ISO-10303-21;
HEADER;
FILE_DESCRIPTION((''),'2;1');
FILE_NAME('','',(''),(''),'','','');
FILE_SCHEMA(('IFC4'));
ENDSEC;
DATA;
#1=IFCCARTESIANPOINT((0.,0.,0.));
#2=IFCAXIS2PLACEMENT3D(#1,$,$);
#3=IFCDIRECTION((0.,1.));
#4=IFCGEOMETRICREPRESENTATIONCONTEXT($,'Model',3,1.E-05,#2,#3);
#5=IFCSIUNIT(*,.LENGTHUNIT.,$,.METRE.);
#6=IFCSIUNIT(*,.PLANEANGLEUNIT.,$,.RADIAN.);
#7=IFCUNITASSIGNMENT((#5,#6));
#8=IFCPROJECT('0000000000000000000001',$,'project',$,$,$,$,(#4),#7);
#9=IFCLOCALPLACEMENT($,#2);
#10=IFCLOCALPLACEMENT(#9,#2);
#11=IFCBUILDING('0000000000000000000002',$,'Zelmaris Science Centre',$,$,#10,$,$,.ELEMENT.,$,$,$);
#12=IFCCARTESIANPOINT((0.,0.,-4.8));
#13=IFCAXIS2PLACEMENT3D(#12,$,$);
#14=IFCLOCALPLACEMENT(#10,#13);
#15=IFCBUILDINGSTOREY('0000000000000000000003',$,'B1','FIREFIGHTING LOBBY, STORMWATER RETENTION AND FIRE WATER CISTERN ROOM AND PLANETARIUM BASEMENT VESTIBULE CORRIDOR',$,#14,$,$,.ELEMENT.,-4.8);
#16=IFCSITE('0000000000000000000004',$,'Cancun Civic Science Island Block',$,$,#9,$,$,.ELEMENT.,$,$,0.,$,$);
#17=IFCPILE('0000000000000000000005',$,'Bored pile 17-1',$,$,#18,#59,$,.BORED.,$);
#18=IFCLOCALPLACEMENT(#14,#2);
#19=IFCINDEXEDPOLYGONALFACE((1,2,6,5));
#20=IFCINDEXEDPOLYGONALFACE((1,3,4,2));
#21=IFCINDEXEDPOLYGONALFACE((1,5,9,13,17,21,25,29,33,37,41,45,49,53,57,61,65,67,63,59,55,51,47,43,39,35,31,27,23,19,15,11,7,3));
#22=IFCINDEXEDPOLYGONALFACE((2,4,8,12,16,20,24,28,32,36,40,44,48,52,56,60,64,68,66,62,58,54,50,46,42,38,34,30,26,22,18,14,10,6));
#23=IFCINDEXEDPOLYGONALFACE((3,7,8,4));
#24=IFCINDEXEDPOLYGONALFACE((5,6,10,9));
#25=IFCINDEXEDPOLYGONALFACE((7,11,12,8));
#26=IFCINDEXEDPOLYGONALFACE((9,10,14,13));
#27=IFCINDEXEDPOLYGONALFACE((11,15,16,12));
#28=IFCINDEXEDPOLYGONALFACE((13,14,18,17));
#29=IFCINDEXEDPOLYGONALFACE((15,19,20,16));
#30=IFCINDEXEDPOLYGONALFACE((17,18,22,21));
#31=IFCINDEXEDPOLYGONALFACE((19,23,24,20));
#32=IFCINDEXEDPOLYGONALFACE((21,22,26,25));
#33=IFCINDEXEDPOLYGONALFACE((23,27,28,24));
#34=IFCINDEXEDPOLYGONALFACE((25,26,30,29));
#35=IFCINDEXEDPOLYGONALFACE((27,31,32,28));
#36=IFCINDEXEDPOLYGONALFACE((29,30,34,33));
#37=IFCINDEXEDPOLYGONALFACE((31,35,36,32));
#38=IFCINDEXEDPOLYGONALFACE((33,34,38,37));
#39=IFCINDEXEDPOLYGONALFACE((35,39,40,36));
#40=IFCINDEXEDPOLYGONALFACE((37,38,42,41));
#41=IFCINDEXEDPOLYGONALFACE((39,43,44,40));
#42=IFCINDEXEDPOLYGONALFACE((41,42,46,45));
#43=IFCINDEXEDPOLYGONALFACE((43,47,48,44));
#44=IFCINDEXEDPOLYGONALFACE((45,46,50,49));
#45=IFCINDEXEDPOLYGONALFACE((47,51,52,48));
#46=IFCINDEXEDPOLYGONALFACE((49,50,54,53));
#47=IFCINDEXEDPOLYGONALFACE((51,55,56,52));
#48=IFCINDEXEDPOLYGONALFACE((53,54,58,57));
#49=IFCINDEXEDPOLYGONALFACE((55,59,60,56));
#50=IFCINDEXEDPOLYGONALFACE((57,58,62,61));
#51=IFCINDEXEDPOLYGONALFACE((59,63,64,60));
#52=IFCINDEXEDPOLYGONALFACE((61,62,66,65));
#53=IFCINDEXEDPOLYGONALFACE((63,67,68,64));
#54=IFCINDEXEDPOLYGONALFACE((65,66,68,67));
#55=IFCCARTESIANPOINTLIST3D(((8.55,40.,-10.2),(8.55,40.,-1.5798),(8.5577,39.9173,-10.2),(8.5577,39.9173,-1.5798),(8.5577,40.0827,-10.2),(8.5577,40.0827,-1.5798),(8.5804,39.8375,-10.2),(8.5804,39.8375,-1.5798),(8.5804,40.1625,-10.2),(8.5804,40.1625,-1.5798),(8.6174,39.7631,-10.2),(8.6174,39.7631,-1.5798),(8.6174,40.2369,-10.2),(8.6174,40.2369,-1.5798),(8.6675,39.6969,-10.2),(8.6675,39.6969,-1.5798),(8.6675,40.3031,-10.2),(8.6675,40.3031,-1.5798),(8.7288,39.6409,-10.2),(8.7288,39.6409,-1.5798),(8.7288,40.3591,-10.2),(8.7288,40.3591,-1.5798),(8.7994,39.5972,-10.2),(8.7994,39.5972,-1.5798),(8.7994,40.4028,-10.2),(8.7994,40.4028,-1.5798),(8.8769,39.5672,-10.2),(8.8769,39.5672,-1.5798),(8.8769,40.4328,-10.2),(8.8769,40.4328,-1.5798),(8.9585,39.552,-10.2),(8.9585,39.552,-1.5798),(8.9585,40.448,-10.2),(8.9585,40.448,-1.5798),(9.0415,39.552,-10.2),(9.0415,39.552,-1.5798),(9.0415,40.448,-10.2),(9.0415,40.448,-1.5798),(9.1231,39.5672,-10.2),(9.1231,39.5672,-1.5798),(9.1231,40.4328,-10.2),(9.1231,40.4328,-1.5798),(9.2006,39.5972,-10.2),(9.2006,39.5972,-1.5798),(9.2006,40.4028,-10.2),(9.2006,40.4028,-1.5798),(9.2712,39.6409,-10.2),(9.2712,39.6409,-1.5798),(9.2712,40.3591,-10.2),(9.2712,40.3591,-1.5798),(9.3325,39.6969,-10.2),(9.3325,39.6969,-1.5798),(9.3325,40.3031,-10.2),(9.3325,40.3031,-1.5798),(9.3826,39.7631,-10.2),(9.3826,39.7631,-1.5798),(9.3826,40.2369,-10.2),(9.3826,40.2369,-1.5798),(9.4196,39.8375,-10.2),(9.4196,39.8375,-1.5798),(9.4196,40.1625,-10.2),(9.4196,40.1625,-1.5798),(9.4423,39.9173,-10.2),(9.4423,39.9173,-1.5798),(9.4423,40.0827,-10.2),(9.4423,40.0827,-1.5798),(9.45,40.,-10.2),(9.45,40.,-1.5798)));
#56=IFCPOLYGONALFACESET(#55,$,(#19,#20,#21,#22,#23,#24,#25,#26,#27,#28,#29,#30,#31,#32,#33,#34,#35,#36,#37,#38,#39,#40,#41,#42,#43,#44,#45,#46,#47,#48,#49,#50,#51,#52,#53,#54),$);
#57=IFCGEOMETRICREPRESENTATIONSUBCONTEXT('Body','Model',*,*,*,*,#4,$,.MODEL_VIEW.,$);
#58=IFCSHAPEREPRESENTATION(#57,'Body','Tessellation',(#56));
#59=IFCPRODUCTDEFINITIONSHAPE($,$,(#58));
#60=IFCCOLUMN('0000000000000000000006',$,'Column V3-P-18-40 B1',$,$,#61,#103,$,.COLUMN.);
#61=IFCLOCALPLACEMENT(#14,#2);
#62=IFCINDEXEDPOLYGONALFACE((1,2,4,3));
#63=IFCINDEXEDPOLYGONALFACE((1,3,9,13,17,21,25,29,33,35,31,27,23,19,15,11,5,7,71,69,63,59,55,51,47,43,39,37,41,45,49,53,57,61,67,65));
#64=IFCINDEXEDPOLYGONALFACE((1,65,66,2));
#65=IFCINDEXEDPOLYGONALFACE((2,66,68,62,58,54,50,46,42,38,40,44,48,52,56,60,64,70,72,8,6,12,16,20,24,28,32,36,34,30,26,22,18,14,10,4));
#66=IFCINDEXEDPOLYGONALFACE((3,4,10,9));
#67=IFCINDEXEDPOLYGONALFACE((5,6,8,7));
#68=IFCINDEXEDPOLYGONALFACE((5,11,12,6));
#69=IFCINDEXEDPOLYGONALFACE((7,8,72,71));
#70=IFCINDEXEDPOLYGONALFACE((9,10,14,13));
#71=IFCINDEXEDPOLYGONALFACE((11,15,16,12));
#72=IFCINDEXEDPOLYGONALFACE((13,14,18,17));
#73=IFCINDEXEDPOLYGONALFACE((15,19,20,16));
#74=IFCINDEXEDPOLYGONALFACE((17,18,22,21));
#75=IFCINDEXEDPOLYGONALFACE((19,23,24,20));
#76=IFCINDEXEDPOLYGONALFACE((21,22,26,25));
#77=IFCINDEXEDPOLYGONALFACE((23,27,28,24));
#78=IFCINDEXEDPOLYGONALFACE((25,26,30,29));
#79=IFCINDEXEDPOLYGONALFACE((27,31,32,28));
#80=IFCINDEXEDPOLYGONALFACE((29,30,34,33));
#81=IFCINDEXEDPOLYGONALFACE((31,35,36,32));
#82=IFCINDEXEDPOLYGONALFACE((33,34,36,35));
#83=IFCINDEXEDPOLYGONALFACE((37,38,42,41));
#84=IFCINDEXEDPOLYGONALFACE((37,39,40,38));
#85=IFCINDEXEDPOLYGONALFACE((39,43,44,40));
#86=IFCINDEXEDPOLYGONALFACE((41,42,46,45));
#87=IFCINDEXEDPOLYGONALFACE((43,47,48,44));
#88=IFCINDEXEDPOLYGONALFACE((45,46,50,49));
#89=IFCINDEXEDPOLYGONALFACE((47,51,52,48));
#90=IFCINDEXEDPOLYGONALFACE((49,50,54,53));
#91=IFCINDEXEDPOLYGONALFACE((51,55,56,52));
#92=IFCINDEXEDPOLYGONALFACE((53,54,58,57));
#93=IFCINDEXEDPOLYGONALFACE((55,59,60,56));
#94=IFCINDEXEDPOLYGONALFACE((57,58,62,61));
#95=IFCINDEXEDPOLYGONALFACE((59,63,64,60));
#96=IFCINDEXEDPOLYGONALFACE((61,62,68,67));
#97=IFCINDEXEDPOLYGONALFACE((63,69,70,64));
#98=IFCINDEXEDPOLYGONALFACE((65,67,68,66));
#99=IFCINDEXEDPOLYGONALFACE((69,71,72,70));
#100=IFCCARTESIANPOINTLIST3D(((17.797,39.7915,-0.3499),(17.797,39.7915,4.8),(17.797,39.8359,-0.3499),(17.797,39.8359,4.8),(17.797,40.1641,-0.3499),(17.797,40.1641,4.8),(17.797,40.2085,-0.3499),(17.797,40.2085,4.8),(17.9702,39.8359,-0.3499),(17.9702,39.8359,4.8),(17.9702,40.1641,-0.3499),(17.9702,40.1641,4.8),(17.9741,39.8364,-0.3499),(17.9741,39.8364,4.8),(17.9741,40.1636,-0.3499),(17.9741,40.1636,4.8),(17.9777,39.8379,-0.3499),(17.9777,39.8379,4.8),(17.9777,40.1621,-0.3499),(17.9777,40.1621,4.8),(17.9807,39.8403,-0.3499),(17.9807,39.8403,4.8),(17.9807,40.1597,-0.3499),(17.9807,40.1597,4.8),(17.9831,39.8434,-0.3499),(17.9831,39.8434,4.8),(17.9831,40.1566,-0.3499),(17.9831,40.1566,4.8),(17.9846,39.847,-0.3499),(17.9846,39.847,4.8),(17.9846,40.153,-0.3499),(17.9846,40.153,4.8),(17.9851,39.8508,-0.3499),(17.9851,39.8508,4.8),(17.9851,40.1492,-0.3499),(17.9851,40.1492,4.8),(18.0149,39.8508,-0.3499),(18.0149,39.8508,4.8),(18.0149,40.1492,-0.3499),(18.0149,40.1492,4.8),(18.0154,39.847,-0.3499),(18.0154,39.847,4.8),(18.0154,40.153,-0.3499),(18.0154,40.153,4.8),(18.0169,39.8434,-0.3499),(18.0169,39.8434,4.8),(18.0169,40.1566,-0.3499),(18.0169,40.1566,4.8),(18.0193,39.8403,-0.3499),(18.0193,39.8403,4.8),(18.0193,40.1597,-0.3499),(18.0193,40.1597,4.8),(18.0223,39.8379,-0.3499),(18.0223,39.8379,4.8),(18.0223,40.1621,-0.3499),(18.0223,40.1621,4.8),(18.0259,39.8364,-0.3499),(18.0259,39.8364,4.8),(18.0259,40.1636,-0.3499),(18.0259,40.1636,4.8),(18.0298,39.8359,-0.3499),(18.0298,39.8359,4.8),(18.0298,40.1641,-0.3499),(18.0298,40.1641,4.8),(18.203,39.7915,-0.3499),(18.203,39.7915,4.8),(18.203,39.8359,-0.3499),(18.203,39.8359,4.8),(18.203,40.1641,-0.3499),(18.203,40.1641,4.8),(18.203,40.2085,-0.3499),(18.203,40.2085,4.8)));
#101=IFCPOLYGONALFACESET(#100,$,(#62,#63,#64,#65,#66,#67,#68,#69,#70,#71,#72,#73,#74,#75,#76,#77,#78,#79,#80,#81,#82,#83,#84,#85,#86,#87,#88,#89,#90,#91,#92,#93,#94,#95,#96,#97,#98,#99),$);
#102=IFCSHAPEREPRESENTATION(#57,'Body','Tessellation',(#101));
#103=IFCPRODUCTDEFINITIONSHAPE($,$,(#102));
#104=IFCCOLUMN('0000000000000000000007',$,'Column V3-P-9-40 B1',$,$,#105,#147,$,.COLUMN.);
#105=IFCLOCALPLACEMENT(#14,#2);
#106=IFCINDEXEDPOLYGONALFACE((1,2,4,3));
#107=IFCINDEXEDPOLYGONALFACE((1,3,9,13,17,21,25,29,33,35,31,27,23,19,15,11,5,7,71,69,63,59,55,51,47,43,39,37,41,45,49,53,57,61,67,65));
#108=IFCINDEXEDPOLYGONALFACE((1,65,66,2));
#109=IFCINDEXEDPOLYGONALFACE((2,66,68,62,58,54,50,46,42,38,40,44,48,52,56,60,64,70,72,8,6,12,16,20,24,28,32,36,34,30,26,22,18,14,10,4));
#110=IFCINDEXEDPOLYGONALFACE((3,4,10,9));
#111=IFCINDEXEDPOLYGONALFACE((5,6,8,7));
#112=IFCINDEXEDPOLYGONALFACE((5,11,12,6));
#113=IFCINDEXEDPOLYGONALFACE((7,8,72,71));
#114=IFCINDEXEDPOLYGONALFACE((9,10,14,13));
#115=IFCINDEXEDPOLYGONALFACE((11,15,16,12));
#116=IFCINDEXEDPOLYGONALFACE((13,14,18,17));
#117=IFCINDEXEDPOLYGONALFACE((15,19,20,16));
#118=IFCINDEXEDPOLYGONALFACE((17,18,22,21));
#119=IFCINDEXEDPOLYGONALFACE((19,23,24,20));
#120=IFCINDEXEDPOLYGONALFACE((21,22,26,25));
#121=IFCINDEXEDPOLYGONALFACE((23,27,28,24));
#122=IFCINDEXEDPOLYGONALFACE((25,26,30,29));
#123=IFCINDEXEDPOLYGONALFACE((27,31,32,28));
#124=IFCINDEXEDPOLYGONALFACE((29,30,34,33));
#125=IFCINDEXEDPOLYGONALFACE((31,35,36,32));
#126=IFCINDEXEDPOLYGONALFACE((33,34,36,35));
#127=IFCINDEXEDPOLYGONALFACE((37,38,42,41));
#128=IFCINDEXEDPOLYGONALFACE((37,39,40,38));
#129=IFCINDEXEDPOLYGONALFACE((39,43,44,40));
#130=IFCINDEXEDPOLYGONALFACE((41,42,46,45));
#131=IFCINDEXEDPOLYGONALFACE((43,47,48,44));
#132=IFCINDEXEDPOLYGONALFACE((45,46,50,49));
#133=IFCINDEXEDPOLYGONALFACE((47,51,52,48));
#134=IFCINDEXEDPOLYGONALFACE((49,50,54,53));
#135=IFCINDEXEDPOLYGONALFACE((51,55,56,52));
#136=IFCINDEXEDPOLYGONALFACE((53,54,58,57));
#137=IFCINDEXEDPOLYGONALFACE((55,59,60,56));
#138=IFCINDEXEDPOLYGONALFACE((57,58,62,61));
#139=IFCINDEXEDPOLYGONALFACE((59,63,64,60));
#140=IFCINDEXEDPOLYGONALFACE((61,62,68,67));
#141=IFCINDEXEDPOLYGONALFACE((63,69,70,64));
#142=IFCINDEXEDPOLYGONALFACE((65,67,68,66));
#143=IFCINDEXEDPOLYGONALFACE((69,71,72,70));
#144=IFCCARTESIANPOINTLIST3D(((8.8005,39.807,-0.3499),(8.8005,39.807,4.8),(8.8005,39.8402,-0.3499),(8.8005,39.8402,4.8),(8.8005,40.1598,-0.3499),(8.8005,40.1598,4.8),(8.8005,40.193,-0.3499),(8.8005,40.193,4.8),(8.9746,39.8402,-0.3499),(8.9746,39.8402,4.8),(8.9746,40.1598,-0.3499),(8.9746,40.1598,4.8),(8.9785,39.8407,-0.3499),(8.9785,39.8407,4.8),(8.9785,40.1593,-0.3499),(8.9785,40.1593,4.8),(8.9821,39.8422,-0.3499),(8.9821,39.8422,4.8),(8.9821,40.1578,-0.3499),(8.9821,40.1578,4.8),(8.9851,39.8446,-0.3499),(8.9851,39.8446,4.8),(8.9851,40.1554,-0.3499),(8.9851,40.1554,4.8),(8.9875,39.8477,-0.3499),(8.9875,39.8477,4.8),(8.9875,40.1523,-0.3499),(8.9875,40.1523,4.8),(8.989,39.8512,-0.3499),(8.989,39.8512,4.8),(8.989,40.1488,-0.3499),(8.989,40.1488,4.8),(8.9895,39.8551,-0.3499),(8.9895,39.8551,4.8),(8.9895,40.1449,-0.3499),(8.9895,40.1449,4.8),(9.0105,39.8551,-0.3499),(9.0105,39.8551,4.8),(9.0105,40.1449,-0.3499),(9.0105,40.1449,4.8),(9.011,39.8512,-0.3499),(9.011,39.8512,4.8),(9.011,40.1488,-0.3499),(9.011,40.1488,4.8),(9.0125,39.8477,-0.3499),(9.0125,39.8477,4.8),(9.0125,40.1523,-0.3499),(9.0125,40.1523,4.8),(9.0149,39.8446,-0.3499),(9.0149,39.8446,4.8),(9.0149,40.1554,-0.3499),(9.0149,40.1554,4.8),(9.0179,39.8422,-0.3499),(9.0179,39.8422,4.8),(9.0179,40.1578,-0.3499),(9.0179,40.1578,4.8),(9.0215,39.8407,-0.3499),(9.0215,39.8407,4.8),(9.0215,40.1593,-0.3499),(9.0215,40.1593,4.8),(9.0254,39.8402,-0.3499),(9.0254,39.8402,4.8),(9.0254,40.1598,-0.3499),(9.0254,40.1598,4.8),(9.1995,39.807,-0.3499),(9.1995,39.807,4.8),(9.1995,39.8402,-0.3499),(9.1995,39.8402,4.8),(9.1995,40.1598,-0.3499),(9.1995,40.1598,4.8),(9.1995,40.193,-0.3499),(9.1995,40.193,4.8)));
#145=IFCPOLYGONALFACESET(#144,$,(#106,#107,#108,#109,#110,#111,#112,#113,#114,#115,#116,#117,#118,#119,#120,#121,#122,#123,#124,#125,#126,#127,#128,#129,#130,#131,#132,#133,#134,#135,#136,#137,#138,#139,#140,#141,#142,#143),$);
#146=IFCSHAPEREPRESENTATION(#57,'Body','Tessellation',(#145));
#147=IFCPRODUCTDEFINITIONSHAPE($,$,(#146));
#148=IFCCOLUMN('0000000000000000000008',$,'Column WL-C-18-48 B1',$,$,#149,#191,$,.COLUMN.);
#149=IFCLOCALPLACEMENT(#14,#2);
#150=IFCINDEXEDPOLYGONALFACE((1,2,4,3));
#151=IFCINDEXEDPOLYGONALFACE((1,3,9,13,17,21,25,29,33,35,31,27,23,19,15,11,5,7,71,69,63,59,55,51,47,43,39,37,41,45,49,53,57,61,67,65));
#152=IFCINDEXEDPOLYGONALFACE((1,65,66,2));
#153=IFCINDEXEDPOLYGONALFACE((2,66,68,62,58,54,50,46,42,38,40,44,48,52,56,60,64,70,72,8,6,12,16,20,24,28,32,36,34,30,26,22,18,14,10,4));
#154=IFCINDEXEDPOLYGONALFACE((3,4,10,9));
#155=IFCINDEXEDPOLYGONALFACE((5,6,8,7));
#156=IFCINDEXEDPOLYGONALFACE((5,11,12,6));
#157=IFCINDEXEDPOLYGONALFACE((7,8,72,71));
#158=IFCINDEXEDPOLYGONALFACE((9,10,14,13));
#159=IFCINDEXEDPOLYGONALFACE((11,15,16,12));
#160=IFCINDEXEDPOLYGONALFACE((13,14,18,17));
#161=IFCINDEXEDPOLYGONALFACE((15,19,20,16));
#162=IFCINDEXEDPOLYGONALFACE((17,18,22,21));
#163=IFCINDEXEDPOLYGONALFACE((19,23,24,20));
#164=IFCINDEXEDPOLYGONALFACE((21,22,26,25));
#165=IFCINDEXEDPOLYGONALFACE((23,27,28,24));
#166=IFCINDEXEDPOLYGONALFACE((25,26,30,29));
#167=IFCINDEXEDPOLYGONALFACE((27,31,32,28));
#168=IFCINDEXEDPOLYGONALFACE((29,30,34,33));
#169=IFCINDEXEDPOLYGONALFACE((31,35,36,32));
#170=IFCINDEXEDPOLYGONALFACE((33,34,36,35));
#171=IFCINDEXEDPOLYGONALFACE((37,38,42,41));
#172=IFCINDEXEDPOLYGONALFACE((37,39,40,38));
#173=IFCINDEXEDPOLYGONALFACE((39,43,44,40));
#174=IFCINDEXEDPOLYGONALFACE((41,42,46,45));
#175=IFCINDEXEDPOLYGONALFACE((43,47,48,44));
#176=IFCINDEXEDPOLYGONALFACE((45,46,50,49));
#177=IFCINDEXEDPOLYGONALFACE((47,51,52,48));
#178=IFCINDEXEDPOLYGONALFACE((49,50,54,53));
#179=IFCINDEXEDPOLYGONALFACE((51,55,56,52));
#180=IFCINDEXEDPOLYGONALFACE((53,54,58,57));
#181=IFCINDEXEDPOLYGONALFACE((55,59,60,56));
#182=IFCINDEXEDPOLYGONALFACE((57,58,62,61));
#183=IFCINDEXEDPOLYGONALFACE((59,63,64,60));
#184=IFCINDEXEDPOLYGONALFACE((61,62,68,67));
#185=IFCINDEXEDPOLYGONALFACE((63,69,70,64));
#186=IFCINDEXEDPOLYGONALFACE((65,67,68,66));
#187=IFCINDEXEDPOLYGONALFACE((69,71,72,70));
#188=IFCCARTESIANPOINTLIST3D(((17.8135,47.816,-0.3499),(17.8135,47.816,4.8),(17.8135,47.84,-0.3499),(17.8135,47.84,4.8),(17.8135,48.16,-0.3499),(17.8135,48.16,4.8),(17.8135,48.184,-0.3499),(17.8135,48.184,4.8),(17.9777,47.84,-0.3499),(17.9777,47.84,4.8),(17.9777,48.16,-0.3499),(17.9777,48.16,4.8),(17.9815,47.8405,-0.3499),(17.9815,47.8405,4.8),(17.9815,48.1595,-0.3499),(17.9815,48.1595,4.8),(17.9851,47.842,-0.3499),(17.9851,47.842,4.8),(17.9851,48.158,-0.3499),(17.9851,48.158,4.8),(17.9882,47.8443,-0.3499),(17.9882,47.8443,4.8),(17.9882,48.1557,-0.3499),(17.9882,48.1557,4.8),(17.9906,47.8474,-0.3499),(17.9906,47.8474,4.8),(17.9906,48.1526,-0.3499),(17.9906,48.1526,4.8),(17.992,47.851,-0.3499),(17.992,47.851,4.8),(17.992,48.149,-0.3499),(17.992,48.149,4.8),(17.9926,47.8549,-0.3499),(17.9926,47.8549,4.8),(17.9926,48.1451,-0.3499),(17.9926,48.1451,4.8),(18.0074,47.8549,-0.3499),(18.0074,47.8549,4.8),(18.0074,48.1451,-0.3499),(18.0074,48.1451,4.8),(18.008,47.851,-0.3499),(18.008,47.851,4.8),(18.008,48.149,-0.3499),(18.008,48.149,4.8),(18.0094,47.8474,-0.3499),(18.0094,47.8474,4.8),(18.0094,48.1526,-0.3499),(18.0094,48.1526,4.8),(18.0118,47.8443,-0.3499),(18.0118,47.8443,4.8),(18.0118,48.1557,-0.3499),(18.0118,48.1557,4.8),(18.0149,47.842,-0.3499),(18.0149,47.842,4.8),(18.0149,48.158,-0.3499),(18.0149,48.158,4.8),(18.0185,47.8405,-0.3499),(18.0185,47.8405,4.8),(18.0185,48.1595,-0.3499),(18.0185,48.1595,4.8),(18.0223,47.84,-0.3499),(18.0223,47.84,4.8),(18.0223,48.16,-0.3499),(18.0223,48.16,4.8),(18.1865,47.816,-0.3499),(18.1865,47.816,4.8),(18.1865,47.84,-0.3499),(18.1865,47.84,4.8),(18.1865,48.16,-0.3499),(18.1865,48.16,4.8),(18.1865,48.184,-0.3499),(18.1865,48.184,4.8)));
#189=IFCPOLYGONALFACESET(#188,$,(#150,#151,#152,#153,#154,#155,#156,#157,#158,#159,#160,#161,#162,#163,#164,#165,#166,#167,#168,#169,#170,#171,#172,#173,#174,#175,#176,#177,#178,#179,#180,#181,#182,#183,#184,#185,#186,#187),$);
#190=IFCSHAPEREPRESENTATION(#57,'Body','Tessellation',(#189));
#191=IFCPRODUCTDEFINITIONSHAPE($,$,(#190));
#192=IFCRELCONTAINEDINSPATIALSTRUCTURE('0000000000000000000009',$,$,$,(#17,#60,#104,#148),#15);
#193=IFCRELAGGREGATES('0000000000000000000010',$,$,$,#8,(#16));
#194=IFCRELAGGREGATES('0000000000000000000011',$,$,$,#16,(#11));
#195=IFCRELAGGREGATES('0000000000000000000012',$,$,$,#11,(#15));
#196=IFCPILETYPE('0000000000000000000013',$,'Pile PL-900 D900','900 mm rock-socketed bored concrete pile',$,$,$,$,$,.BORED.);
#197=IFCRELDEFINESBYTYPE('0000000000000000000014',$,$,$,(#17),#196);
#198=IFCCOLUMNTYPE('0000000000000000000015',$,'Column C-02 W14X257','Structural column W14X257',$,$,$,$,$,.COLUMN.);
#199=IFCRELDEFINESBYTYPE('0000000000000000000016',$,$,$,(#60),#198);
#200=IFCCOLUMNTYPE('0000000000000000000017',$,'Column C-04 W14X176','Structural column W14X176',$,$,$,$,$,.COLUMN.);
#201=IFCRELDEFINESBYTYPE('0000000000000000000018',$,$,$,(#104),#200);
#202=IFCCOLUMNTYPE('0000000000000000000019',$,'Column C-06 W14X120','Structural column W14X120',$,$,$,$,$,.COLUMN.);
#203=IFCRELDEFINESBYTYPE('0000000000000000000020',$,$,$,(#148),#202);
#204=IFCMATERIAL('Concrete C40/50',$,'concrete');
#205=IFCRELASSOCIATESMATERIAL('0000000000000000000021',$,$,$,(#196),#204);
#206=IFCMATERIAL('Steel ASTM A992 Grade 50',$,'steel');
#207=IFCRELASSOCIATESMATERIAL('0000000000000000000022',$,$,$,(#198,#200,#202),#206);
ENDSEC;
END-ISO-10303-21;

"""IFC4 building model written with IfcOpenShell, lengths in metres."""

from ifc_helpers import new_model, si_unit, direction, frame, origin, origin_2d, place, context, subcontext, project, spatial, circle, i_section, extrude, material, material_profile, profile_set, type_object, element, save


model = new_model("IFC4")

# Units and contexts
model_context = context("Model", 3, precision=1e-05, world=origin(), true_north=direction((0.0, 1.0)))
body_context = subcontext(model_context, "Body", "Model", "MODEL_VIEW")
ifc_project = project(units=[si_unit("LENGTHUNIT", "METRE"), si_unit("PLANEANGLEUNIT", "RADIAN")], contexts=[model_context])

# Site, building, storey
site_placement = place(None, origin())
site = spatial("IfcSite", under=ifc_project, at=site_placement, Name="Cancun Civic Science Island Block", CompositionType="ELEMENT", RefElevation=0.0)
building_placement = place(site_placement, origin())
building = spatial("IfcBuilding", under=site, at=building_placement, Name="Zelmaris Science Centre", CompositionType="ELEMENT")
storey_placement = place(building_placement, frame((0.0, 0.0, -4.8)))
storey = spatial("IfcBuildingStorey", under=building, at=storey_placement, Name="B1", Description="FIREFIGHTING LOBBY, STORMWATER RETENTION AND FIRE WATER CISTERN ROOM AND PLANETARIUM BASEMENT VESTIBULE CORRIDOR", CompositionType="ELEMENT", Elevation=-4.8)

# Shared definitions
ifc_material_1 = material(Name="Concrete C40/50", Category="concrete")

# Pile
ifc_material_profile_1 = material_profile(ifc_material_1, circle(Radius=0.45, at=origin_2d()), Name="PILE-900")
ifc_profile_set_1 = profile_set([ifc_material_profile_1], Name="Concrete C40/50")
pile_type_1 = type_object("IfcPileType", Name="Pile PL-900 D900", Description="900 mm rock-socketed bored concrete pile", PredefinedType="BORED", material=ifc_profile_set_1)
pile_1_placement = place(storey_placement, frame((9.0, 40.0, -1.5798), z_axis=(0.0, 0.0, -1.0), x_axis=(1.0, 0.0, 0.0)))
element("IfcPile", 1, at=pile_1_placement, inside=storey, type_object=pile_type_1, Name="Bored pile 17-1", PredefinedType="BORED", context=body_context, shape_type="SweptSolid", body=[
    extrude(circle(Radius=0.45, at=origin_2d()), origin(), (0.0, 0.0, 1.0), 8.6201),
])

# Columns
ifc_material_2 = material(Name="Steel ASTM A992 Grade 50", Category="steel")
ifc_material_profile_2 = material_profile(ifc_material_2, i_section(OverallWidth=0.406, OverallDepth=0.417, WebThickness=0.0298, FlangeThickness=0.0444, FilletRadius=0.0149, at=origin_2d()), Name="W14X257")
ifc_profile_set_2 = profile_set([ifc_material_profile_2], Name="Steel ASTM A992 Grade 50")
column_type_1 = type_object("IfcColumnType", Name="Column C-02 W14X257", Description="Structural column W14X257", PredefinedType="COLUMN", material=ifc_profile_set_2)
column_1_placement = place(storey_placement, frame((18.0, 40.0, -0.3499), z_axis=(0.0, 0.0, 1.0), x_axis=(1.0, 0.0, 0.0)))
element("IfcColumn", 2, at=column_1_placement, inside=storey, type_object=column_type_1, Name="Column V3-P-18-40 B1", PredefinedType="COLUMN", context=body_context, shape_type="SweptSolid", body=[
    extrude(i_section(OverallWidth=0.406, OverallDepth=0.417, WebThickness=0.0298, FlangeThickness=0.0444, FilletRadius=0.0149, at=origin_2d()), origin(), (0.0, 0.0, 1.0), 5.1499),
])
ifc_material_profile_3 = material_profile(ifc_material_2, i_section(OverallWidth=0.3989, OverallDepth=0.386, WebThickness=0.021, FlangeThickness=0.0332, FilletRadius=0.0149, at=origin_2d()), Name="W14X176")
ifc_profile_set_3 = profile_set([ifc_material_profile_3], Name="Steel ASTM A992 Grade 50")
column_type_2 = type_object("IfcColumnType", Name="Column C-04 W14X176", Description="Structural column W14X176", PredefinedType="COLUMN", material=ifc_profile_set_3)
column_2_placement = place(storey_placement, frame((9.0, 40.0, -0.3499), z_axis=(0.0, 0.0, 1.0), x_axis=(1.0, 0.0, 0.0)))
element("IfcColumn", 3, at=column_2_placement, inside=storey, type_object=column_type_2, Name="Column V3-P-9-40 B1", PredefinedType="COLUMN", context=body_context, shape_type="SweptSolid", body=[
    extrude(i_section(OverallWidth=0.3989, OverallDepth=0.386, WebThickness=0.021, FlangeThickness=0.0332, FilletRadius=0.0149, at=origin_2d()), origin(), (0.0, 0.0, 1.0), 5.1499),
])
ifc_material_profile_4 = material_profile(ifc_material_2, i_section(OverallWidth=0.373, OverallDepth=0.3679, WebThickness=0.0149, FlangeThickness=0.0239, FilletRadius=0.0149, at=origin_2d()), Name="W14X120")
ifc_profile_set_4 = profile_set([ifc_material_profile_4], Name="Steel ASTM A992 Grade 50")
column_type_3 = type_object("IfcColumnType", Name="Column C-06 W14X120", Description="Structural column W14X120", PredefinedType="COLUMN", material=ifc_profile_set_4)
column_3_placement = place(storey_placement, frame((18.0, 48.0, -0.3499), z_axis=(0.0, 0.0, 1.0), x_axis=(1.0, 0.0, 0.0)))
element("IfcColumn", 4, at=column_3_placement, inside=storey, type_object=column_type_3, Name="Column WL-C-18-48 B1", PredefinedType="COLUMN", context=body_context, shape_type="SweptSolid", body=[
    extrude(i_section(OverallWidth=0.373, OverallDepth=0.3679, WebThickness=0.0149, FlangeThickness=0.0239, FilletRadius=0.0149, at=origin_2d()), origin(), (0.0, 0.0, 1.0), 5.1499),
])

save(model, "model.ifc")
